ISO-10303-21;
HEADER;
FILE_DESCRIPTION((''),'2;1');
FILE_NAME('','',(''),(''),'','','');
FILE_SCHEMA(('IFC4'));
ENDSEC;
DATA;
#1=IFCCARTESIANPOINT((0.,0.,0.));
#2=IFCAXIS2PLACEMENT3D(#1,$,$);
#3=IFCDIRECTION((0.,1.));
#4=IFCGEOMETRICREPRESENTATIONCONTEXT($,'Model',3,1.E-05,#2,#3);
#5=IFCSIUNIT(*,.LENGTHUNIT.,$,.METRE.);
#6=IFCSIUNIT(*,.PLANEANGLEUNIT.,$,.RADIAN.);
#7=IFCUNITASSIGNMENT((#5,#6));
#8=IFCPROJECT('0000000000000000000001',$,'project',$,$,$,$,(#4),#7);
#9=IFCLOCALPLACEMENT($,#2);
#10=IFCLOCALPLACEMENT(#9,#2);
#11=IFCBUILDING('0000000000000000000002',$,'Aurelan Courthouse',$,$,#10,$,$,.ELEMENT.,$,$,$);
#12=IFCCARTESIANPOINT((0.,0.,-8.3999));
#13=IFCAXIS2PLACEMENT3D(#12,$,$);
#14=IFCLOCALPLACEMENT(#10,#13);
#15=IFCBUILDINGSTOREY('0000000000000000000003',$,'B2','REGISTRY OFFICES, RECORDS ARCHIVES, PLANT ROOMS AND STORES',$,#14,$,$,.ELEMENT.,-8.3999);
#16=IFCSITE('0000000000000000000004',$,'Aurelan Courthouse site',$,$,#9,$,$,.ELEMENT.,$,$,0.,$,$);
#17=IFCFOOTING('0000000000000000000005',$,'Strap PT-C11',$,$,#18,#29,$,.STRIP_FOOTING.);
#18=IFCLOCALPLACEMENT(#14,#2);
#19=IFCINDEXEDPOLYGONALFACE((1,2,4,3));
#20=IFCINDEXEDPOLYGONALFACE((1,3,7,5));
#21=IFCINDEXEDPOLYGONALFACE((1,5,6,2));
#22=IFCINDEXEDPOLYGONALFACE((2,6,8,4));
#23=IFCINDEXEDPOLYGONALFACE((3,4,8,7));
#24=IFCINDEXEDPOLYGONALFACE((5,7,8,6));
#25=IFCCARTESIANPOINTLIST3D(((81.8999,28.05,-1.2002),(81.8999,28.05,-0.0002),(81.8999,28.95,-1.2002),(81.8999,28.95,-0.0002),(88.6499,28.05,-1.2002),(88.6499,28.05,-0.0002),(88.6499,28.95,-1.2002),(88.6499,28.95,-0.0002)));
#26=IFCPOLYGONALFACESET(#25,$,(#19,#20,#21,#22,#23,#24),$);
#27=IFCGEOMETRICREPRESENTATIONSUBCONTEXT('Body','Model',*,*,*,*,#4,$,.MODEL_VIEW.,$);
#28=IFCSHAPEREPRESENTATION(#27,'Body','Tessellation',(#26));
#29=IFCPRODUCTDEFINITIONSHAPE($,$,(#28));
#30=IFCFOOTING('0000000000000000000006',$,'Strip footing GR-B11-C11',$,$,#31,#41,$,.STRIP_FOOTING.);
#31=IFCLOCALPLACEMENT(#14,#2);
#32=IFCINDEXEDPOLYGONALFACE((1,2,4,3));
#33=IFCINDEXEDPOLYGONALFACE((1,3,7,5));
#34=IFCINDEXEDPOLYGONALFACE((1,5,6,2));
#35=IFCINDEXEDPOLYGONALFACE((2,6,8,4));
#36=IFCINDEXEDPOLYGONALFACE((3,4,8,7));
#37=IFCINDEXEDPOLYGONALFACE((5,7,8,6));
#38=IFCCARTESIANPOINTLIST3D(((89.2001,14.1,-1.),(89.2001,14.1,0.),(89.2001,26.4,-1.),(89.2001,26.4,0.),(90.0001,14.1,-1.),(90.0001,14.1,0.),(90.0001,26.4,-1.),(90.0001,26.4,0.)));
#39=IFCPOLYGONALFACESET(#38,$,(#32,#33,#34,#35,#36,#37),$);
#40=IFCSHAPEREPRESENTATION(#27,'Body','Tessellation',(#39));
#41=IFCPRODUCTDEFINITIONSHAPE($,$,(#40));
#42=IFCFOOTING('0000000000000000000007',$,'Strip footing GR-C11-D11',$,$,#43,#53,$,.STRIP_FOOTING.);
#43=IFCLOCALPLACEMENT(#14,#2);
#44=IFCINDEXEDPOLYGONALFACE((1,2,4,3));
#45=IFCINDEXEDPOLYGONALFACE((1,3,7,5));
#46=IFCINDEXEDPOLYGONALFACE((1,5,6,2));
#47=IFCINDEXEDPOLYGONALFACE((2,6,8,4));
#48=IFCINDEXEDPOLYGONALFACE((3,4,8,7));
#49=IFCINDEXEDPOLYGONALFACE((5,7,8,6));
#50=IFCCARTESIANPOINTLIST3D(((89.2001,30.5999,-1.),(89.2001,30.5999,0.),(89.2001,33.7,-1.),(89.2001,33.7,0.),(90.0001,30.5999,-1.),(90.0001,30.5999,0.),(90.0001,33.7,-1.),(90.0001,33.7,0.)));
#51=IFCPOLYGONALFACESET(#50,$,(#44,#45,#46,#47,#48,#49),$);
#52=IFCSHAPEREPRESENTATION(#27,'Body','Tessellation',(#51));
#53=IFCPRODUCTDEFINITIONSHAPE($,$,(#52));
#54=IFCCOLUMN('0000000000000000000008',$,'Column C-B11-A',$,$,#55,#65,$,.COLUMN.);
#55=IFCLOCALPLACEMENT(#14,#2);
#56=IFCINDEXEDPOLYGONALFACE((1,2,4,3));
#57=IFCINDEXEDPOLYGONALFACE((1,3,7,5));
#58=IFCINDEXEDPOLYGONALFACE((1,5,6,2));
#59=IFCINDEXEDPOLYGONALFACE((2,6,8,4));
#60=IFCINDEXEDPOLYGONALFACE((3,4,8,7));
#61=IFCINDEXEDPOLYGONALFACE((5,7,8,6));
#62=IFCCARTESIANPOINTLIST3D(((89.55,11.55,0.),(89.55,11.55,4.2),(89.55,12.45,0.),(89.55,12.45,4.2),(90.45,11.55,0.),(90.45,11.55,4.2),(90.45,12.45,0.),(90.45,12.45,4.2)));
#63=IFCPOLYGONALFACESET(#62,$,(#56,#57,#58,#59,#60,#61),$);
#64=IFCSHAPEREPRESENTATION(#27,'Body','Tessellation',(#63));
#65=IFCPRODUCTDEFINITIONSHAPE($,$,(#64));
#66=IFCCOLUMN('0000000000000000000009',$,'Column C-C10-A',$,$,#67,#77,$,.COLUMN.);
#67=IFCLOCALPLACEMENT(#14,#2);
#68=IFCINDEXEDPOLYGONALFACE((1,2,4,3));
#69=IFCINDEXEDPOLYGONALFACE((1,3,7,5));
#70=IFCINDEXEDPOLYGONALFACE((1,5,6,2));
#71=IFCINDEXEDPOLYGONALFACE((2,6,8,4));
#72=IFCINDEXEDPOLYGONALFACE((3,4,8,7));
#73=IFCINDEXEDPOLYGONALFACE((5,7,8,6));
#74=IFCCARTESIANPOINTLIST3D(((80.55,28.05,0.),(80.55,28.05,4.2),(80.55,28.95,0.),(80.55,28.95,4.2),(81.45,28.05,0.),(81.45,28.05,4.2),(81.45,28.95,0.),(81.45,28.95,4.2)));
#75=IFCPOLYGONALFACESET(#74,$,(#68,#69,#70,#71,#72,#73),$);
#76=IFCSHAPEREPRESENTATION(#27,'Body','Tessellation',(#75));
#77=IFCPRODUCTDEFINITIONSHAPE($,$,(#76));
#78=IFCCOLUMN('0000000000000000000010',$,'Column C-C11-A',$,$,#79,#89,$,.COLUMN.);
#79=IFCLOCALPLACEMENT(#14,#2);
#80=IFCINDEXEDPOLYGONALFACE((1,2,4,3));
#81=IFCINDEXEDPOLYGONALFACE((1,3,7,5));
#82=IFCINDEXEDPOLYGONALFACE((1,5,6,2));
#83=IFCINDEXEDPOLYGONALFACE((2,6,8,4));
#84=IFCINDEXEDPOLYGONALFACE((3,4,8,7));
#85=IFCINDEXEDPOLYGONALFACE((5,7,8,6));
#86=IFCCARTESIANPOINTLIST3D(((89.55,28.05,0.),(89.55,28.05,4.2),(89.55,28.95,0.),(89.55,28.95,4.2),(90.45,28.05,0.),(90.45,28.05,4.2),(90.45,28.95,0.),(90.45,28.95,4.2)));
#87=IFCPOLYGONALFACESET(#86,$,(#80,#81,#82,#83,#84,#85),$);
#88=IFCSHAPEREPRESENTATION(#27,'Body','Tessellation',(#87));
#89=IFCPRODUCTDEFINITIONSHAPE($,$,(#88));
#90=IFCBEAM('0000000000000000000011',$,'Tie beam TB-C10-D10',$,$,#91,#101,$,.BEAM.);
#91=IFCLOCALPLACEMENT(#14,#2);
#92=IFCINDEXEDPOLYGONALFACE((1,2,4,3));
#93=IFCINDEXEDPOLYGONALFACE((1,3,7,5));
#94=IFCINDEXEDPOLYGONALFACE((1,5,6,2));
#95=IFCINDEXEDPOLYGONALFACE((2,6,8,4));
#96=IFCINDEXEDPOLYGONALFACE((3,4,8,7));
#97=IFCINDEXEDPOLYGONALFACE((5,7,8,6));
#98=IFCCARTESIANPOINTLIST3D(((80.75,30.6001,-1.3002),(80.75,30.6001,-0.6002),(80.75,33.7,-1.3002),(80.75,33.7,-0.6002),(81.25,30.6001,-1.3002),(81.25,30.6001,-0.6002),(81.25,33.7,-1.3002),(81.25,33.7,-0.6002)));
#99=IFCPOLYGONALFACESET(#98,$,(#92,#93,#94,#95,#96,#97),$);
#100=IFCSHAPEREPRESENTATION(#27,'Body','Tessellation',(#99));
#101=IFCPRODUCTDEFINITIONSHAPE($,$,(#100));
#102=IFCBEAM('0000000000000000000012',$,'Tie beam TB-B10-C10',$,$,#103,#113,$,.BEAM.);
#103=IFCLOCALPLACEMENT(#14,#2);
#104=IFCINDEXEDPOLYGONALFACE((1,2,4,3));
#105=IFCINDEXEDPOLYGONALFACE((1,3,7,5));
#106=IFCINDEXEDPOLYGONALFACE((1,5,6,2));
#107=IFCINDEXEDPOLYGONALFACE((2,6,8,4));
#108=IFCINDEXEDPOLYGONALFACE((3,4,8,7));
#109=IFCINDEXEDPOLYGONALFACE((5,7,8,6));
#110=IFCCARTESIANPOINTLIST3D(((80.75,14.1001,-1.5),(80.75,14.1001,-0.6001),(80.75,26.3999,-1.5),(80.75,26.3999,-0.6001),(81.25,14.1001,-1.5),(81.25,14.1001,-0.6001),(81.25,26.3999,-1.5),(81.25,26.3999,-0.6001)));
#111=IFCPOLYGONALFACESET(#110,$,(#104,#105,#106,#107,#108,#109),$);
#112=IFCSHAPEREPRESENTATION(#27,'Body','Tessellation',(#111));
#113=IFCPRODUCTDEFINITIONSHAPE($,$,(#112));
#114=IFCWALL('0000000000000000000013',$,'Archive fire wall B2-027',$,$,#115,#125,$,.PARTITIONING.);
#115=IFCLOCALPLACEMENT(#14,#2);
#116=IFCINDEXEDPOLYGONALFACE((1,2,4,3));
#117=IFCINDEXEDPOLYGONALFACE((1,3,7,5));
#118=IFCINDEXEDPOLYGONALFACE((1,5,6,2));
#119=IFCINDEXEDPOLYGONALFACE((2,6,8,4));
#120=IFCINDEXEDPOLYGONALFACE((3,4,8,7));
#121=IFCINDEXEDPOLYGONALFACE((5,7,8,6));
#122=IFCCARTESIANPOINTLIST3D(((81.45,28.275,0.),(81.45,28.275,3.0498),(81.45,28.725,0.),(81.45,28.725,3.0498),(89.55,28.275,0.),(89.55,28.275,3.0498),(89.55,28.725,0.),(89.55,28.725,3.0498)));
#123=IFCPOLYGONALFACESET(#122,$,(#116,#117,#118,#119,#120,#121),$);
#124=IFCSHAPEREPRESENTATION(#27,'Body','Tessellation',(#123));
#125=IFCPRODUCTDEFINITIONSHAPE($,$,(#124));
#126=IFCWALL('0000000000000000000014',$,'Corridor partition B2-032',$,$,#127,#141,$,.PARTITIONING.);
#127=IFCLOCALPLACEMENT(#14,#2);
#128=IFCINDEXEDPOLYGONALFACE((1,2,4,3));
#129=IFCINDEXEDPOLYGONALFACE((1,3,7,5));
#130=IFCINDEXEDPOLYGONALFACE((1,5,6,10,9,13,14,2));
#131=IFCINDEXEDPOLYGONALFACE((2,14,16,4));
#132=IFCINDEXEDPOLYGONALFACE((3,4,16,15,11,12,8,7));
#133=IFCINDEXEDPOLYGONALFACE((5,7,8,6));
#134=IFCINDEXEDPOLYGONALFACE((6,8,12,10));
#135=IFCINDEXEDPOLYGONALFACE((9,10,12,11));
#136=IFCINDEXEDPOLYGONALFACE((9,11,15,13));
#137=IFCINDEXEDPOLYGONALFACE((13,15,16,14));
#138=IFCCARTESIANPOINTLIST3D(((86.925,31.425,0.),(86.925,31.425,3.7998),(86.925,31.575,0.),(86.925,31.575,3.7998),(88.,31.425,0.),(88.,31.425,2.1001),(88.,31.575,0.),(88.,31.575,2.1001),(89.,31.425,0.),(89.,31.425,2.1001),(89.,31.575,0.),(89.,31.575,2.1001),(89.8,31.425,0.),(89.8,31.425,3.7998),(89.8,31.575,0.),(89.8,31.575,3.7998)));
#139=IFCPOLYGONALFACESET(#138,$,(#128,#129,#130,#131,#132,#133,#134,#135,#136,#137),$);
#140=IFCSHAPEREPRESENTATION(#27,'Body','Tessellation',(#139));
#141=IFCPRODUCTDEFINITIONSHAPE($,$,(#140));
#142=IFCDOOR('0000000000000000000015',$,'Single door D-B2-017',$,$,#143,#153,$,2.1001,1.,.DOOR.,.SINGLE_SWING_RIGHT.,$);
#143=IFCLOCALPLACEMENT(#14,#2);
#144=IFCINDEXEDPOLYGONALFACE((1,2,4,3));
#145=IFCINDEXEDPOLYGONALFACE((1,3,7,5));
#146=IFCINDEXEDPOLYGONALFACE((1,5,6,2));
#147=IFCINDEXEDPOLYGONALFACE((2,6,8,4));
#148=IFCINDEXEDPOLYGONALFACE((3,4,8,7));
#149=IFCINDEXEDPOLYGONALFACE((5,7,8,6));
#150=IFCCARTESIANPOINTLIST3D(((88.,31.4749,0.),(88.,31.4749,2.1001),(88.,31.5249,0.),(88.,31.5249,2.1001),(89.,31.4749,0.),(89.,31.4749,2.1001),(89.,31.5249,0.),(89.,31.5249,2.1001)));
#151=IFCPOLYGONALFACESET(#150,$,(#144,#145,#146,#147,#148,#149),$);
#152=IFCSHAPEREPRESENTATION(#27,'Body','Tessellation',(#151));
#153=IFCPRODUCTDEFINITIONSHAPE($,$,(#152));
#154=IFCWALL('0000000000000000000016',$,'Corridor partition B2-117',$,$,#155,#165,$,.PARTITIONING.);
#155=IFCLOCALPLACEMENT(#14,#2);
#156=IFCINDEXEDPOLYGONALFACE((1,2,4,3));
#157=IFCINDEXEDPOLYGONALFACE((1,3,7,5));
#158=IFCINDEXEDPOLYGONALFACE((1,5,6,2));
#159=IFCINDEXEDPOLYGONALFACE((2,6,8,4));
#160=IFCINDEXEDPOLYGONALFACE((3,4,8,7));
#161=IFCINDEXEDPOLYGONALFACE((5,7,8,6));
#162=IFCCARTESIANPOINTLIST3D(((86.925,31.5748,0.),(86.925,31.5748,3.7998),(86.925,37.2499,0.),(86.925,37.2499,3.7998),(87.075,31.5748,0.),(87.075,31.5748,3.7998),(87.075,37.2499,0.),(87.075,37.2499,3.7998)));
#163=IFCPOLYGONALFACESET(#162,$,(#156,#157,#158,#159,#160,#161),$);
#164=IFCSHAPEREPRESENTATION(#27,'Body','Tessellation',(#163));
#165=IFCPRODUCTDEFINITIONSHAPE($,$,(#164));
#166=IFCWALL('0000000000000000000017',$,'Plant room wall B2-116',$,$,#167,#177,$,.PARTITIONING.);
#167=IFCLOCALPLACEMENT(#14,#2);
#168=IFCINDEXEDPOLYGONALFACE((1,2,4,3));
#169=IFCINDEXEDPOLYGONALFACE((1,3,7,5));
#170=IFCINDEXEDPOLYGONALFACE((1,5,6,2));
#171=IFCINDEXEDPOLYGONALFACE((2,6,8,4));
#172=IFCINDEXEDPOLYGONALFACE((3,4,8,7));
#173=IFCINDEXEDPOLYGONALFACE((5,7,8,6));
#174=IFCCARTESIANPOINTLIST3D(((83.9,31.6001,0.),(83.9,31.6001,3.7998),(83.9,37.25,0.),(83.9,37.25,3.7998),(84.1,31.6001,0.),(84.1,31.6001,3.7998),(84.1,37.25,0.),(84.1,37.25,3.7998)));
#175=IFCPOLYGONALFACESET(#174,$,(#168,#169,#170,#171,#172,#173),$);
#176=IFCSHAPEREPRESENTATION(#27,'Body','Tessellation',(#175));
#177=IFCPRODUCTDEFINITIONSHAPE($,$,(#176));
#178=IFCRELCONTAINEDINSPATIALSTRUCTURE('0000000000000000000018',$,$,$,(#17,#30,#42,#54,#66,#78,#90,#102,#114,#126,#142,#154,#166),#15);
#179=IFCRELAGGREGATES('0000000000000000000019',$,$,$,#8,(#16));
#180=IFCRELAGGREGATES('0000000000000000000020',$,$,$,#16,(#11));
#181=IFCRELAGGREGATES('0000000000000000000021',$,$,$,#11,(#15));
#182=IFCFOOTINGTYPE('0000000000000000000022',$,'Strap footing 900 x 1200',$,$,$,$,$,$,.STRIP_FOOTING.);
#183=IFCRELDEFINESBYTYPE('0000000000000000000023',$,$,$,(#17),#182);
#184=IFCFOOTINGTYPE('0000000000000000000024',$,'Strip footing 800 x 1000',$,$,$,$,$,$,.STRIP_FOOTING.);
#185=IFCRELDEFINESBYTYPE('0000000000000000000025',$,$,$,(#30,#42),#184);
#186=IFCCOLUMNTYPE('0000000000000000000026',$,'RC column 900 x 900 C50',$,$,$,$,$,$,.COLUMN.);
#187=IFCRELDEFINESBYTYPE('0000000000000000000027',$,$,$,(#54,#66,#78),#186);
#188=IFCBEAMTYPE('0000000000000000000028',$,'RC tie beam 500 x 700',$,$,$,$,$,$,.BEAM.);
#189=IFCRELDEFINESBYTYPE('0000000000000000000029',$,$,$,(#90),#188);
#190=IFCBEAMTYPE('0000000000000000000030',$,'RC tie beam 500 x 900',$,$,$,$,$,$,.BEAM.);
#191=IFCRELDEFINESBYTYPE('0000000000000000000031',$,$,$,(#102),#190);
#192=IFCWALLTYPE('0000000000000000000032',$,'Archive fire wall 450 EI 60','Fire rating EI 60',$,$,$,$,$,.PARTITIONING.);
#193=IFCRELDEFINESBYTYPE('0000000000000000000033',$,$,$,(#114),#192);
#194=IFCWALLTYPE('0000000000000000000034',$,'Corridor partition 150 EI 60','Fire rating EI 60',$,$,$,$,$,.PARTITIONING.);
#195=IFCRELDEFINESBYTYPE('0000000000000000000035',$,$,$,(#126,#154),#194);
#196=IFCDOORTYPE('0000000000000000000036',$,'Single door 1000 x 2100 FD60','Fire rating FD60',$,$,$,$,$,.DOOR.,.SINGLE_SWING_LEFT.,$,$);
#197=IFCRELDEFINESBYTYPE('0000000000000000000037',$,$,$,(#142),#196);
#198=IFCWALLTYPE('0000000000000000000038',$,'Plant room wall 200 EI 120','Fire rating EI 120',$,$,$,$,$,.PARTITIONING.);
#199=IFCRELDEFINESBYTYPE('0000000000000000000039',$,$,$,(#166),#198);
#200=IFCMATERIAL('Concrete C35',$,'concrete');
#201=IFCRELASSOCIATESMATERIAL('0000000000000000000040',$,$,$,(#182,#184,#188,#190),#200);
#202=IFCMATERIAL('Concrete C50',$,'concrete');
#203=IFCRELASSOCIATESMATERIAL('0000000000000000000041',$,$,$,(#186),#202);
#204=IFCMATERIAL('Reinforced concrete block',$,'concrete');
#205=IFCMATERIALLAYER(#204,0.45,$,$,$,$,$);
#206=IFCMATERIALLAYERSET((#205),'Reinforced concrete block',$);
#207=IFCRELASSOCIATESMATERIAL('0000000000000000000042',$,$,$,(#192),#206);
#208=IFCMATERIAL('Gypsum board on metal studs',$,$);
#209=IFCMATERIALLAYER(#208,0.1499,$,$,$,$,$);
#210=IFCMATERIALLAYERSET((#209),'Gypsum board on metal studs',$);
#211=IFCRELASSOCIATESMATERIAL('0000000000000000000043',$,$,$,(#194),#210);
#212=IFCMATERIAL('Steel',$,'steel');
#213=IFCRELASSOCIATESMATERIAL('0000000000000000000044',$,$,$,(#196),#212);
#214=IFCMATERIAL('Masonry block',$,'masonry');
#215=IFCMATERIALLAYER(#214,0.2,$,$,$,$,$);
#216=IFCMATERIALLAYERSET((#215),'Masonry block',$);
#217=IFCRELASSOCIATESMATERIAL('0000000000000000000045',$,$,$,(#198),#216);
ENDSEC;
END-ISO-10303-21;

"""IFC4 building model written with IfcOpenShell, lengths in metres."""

from ifc_helpers import new_model, si_unit, direction, frame, frame_2d, origin, origin_2d, place, context, subcontext, project, spatial, rectangle, extrude, material, layer, layer_set, material_profile, profile_set, type_object, element, fill, save


model = new_model("IFC4")

# Units and contexts
model_context = context("Model", 3, precision=1e-05, world=origin(), true_north=direction((0.0, 1.0)))
body_context = subcontext(model_context, "Body", "Model", "MODEL_VIEW")
ifc_project = project(units=[si_unit("LENGTHUNIT", "METRE"), si_unit("PLANEANGLEUNIT", "RADIAN")], contexts=[model_context])

# Site, building, storey
site_placement = place(None, origin())
site = spatial("IfcSite", under=ifc_project, at=site_placement, Name="Aurelan Courthouse site", CompositionType="ELEMENT", RefElevation=0.0)
building_placement = place(site_placement, origin())
building = spatial("IfcBuilding", under=site, at=building_placement, Name="Aurelan Courthouse", CompositionType="ELEMENT")
storey_placement = place(building_placement, frame((0.0, 0.0, -8.3999)))
storey = spatial("IfcBuildingStorey", under=building, at=storey_placement, Name="B2", Description="REGISTRY OFFICES, RECORDS ARCHIVES, PLANT ROOMS AND STORES", CompositionType="ELEMENT", Elevation=-8.3999)

# Shared definitions
ifc_material_1 = material(Name="Concrete C35", Category="concrete")

# Footings
footing_type_1 = type_object("IfcFootingType", Name="Strap footing 900 x 1200", PredefinedType="STRIP_FOOTING", material=ifc_material_1)
footing_1_placement = place(storey_placement, frame((85.2749, 28.5, -1.2002), z_axis=(0.0, 0.0, 1.0), x_axis=(1.0, 0.0, 0.0)))
element("IfcFooting", 1, at=footing_1_placement, inside=storey, type_object=footing_type_1, Name="Strap PT-C11", PredefinedType="STRIP_FOOTING", context=body_context, shape_type="SweptSolid", body=[
    extrude(rectangle(XDim=6.75, YDim=0.8999, at=origin_2d()), origin(), (0.0, 0.0, 1.0), 1.2),
])
footing_type_2 = type_object("IfcFootingType", Name="Strip footing 800 x 1000", PredefinedType="STRIP_FOOTING", material=ifc_material_1)
footing_2_placement = place(storey_placement, frame((89.6001, 20.25, -1.0), z_axis=(0.0, 0.0, 1.0), x_axis=(1.0, 0.0, 0.0)))
element("IfcFooting", 2, at=footing_2_placement, inside=storey, type_object=footing_type_2, Name="Strip footing GR-B11-C11", PredefinedType="STRIP_FOOTING", context=body_context, shape_type="SweptSolid", body=[
    extrude(rectangle(XDim=0.8, YDim=12.3, at=origin_2d()), origin(), (0.0, 0.0, 1.0), 1.0),
])
footing_3_placement = place(storey_placement, frame((89.6001, 32.1499, -1.0), z_axis=(0.0, 0.0, 1.0), x_axis=(1.0, 0.0, 0.0)))
element("IfcFooting", 3, at=footing_3_placement, inside=storey, type_object=footing_type_2, Name="Strip footing GR-C11-D11", PredefinedType="STRIP_FOOTING", context=body_context, shape_type="SweptSolid", body=[
    extrude(rectangle(XDim=0.8, YDim=3.1001, at=origin_2d()), origin(), (0.0, 0.0, 1.0), 1.0),
])

# Columns
ifc_material_2 = material(Name="Concrete C50", Category="concrete")
ifc_material_profile_1 = material_profile(ifc_material_2, rectangle(XDim=0.8999, YDim=0.8999, at=origin_2d()), Name="RC 900 x 900")
ifc_profile_set_1 = profile_set([ifc_material_profile_1], Name="Concrete C50")
column_type = type_object("IfcColumnType", Name="RC column 900 x 900 C50", PredefinedType="COLUMN", material=ifc_profile_set_1)
for number, where, z_axis, x_axis, name in (
    (4, (90.0, 12.0, 0.0), (0.0, 0.0, 1.0), (1.0, 0.0, 0.0), "Column C-B11-A"),
    (5, (81.0, 28.5, 0.0), (0.0, 0.0, 1.0), (1.0, 0.0, 0.0), "Column C-C10-A"),
    (6, (90.0, 28.5, 0.0), (0.0, 0.0, 1.0), (1.0, 0.0, 0.0), "Column C-C11-A"),
):
    element("IfcColumn", number, at=place(storey_placement, frame(where, z_axis=z_axis, x_axis=x_axis)), inside=storey, type_object=column_type, Name=name, PredefinedType="COLUMN", context=body_context, shape_type="SweptSolid", body=[
        extrude(rectangle(XDim=0.8999, YDim=0.8999, at=origin_2d()), origin(), (0.0, 0.0, 1.0), 4.2),
    ])

# Beams
ifc_material_profile_2 = material_profile(ifc_material_1, rectangle(XDim=0.5, YDim=0.7, at=origin_2d()), Name="RC 500 x 700")
ifc_profile_set_2 = profile_set([ifc_material_profile_2], Name="Concrete C35")
beam_type_1 = type_object("IfcBeamType", Name="RC tie beam 500 x 700", PredefinedType="BEAM", material=ifc_profile_set_2)
beam_1_placement = place(storey_placement, frame((81.0, 30.6001, -0.9502), z_axis=(0.0, 1.0, 0.0), x_axis=(-1.0, 0.0, 0.0)))
element("IfcBeam", 7, at=beam_1_placement, inside=storey, type_object=beam_type_1, Name="Tie beam TB-C10-D10", PredefinedType="BEAM", context=body_context, shape_type="SweptSolid", body=[
    extrude(rectangle(XDim=0.5, YDim=0.7, at=origin_2d()), origin(), (0.0, 0.0, 1.0), 3.0999),
])
ifc_material_profile_3 = material_profile(ifc_material_1, rectangle(XDim=0.5, YDim=0.8999, at=origin_2d()), Name="RC 500 x 900")
ifc_profile_set_3 = profile_set([ifc_material_profile_3], Name="Concrete C35")
beam_type_2 = type_object("IfcBeamType", Name="RC tie beam 500 x 900", PredefinedType="BEAM", material=ifc_profile_set_3)
beam_2_placement = place(storey_placement, frame((81.0, 14.1001, -1.05), z_axis=(0.0, 1.0, 0.0), x_axis=(-1.0, 0.0, 0.0)))
element("IfcBeam", 8, at=beam_2_placement, inside=storey, type_object=beam_type_2, Name="Tie beam TB-B10-C10", PredefinedType="BEAM", context=body_context, shape_type="SweptSolid", body=[
    extrude(rectangle(XDim=0.5, YDim=0.8999, at=origin_2d()), origin(), (0.0, 0.0, 1.0), 12.2998),
])

# Wall
ifc_material_3 = material(Name="Reinforced concrete block", Category="concrete")
ifc_layer_1 = layer(ifc_material_3, 0.45)
ifc_layer_set_1 = layer_set([ifc_layer_1], Name="Reinforced concrete block")
wall_type_1 = type_object("IfcWallType", Name="Archive fire wall 450 EI 60", Description="Fire rating EI 60", PredefinedType="PARTITIONING", material=ifc_layer_set_1)
wall_1_placement = place(storey_placement, frame((81.45, 28.5, 0.0), z_axis=(0.0, 0.0, 1.0), x_axis=(1.0, 0.0, 0.0)))
element("IfcWall", 9, at=wall_1_placement, inside=storey, type_object=wall_type_1, Name="Archive fire wall B2-027", PredefinedType="PARTITIONING", context=body_context, shape_type="SweptSolid", body=[
    extrude(rectangle(XDim=8.1001, YDim=0.45, at=frame_2d((4.05, 0.0))), origin(), (0.0, 0.0, 1.0), 3.0498),
])

# Wall, opening, door
ifc_material_4 = material(Name="Gypsum board on metal studs")
ifc_layer_2 = layer(ifc_material_4, 0.1499)
ifc_layer_set_2 = layer_set([ifc_layer_2], Name="Gypsum board on metal studs")
wall_type_2 = type_object("IfcWallType", Name="Corridor partition 150 EI 60", Description="Fire rating EI 60", PredefinedType="PARTITIONING", material=ifc_layer_set_2)
wall_2_placement = place(storey_placement, frame((86.925, 31.5, 0.0), z_axis=(0.0, 0.0, 1.0), x_axis=(1.0, 0.0, 0.0)))
wall_2 = element("IfcWall", 10, at=wall_2_placement, inside=storey, type_object=wall_type_2, Name="Corridor partition B2-032", PredefinedType="PARTITIONING", context=body_context, shape_type="SweptSolid", body=[
    extrude(rectangle(XDim=2.875, YDim=0.1499, at=frame_2d((1.4375, 0.0))), origin(), (0.0, 0.0, 1.0), 3.7998),
])
opening_placement = place(wall_2_placement, frame((1.075, 0.0, 0.0)))
opening = element("IfcOpeningElement", 11, at=opening_placement, cuts=wall_2, PredefinedType="OPENING", context=body_context, shape_type="SweptSolid", body=[
    extrude(rectangle(XDim=1.0, YDim=2.1001, at=frame_2d((0.5, 1.05))), frame((0.0, 0.085, 0.0), z_axis=(0.0, -1.0, 0.0), x_axis=(1.0, 0.0, 0.0)), (0.0, 0.0, 1.0), 0.1699),
])
ifc_material_5 = material(Name="Steel", Category="steel")
door_type = type_object("IfcDoorType", Name="Single door 1000 x 2100 FD60", Description="Fire rating FD60", OperationType="SINGLE_SWING_LEFT", PredefinedType="DOOR", material=ifc_material_5)
door_placement = place(opening_placement, origin())
door = element("IfcDoor", 12, at=door_placement, inside=storey, type_object=door_type, Name="Single door D-B2-017", OperationType="SINGLE_SWING_RIGHT", OverallHeight=2.1001, OverallWidth=1.0, PredefinedType="DOOR", context=body_context, shape_type="SweptSolid", body=[
    extrude(rectangle(XDim=1.0, YDim=2.1001, at=frame_2d((0.5, 1.05))), frame((0.0, 0.0249, 0.0), z_axis=(0.0, -1.0, 0.0), x_axis=(1.0, 0.0, 0.0)), (0.0, 0.0, 1.0), 0.05),
])
fill(opening, door)

# Walls
wall_3_placement = place(storey_placement, frame((87.0, 31.575, 0.0), z_axis=(0.0, 0.0, 1.0), x_axis=(0.0, 1.0, 0.0)))
element("IfcWall", 13, at=wall_3_placement, inside=storey, type_object=wall_type_2, Name="Corridor partition B2-117", PredefinedType="PARTITIONING", context=body_context, shape_type="SweptSolid", body=[
    extrude(rectangle(XDim=5.675, YDim=0.1499, at=frame_2d((2.8374, 0.0))), origin(), (0.0, 0.0, 1.0), 3.7998),
])
ifc_material_6 = material(Name="Masonry block", Category="masonry")
ifc_layer_3 = layer(ifc_material_6, 0.2)
ifc_layer_set_3 = layer_set([ifc_layer_3], Name="Masonry block")
wall_type_3 = type_object("IfcWallType", Name="Plant room wall 200 EI 120", Description="Fire rating EI 120", PredefinedType="PARTITIONING", material=ifc_layer_set_3)
wall_4_placement = place(storey_placement, frame((84.0, 31.6001, 0.0), z_axis=(0.0, 0.0, 1.0), x_axis=(0.0, 1.0, 0.0)))
element("IfcWall", 14, at=wall_4_placement, inside=storey, type_object=wall_type_3, Name="Plant room wall B2-116", PredefinedType="PARTITIONING", context=body_context, shape_type="SweptSolid", body=[
    extrude(rectangle(XDim=5.6499, YDim=0.2, at=frame_2d((2.825, 0.0))), origin(), (0.0, 0.0, 1.0), 3.7998),
])

save(model, "model.ifc")
